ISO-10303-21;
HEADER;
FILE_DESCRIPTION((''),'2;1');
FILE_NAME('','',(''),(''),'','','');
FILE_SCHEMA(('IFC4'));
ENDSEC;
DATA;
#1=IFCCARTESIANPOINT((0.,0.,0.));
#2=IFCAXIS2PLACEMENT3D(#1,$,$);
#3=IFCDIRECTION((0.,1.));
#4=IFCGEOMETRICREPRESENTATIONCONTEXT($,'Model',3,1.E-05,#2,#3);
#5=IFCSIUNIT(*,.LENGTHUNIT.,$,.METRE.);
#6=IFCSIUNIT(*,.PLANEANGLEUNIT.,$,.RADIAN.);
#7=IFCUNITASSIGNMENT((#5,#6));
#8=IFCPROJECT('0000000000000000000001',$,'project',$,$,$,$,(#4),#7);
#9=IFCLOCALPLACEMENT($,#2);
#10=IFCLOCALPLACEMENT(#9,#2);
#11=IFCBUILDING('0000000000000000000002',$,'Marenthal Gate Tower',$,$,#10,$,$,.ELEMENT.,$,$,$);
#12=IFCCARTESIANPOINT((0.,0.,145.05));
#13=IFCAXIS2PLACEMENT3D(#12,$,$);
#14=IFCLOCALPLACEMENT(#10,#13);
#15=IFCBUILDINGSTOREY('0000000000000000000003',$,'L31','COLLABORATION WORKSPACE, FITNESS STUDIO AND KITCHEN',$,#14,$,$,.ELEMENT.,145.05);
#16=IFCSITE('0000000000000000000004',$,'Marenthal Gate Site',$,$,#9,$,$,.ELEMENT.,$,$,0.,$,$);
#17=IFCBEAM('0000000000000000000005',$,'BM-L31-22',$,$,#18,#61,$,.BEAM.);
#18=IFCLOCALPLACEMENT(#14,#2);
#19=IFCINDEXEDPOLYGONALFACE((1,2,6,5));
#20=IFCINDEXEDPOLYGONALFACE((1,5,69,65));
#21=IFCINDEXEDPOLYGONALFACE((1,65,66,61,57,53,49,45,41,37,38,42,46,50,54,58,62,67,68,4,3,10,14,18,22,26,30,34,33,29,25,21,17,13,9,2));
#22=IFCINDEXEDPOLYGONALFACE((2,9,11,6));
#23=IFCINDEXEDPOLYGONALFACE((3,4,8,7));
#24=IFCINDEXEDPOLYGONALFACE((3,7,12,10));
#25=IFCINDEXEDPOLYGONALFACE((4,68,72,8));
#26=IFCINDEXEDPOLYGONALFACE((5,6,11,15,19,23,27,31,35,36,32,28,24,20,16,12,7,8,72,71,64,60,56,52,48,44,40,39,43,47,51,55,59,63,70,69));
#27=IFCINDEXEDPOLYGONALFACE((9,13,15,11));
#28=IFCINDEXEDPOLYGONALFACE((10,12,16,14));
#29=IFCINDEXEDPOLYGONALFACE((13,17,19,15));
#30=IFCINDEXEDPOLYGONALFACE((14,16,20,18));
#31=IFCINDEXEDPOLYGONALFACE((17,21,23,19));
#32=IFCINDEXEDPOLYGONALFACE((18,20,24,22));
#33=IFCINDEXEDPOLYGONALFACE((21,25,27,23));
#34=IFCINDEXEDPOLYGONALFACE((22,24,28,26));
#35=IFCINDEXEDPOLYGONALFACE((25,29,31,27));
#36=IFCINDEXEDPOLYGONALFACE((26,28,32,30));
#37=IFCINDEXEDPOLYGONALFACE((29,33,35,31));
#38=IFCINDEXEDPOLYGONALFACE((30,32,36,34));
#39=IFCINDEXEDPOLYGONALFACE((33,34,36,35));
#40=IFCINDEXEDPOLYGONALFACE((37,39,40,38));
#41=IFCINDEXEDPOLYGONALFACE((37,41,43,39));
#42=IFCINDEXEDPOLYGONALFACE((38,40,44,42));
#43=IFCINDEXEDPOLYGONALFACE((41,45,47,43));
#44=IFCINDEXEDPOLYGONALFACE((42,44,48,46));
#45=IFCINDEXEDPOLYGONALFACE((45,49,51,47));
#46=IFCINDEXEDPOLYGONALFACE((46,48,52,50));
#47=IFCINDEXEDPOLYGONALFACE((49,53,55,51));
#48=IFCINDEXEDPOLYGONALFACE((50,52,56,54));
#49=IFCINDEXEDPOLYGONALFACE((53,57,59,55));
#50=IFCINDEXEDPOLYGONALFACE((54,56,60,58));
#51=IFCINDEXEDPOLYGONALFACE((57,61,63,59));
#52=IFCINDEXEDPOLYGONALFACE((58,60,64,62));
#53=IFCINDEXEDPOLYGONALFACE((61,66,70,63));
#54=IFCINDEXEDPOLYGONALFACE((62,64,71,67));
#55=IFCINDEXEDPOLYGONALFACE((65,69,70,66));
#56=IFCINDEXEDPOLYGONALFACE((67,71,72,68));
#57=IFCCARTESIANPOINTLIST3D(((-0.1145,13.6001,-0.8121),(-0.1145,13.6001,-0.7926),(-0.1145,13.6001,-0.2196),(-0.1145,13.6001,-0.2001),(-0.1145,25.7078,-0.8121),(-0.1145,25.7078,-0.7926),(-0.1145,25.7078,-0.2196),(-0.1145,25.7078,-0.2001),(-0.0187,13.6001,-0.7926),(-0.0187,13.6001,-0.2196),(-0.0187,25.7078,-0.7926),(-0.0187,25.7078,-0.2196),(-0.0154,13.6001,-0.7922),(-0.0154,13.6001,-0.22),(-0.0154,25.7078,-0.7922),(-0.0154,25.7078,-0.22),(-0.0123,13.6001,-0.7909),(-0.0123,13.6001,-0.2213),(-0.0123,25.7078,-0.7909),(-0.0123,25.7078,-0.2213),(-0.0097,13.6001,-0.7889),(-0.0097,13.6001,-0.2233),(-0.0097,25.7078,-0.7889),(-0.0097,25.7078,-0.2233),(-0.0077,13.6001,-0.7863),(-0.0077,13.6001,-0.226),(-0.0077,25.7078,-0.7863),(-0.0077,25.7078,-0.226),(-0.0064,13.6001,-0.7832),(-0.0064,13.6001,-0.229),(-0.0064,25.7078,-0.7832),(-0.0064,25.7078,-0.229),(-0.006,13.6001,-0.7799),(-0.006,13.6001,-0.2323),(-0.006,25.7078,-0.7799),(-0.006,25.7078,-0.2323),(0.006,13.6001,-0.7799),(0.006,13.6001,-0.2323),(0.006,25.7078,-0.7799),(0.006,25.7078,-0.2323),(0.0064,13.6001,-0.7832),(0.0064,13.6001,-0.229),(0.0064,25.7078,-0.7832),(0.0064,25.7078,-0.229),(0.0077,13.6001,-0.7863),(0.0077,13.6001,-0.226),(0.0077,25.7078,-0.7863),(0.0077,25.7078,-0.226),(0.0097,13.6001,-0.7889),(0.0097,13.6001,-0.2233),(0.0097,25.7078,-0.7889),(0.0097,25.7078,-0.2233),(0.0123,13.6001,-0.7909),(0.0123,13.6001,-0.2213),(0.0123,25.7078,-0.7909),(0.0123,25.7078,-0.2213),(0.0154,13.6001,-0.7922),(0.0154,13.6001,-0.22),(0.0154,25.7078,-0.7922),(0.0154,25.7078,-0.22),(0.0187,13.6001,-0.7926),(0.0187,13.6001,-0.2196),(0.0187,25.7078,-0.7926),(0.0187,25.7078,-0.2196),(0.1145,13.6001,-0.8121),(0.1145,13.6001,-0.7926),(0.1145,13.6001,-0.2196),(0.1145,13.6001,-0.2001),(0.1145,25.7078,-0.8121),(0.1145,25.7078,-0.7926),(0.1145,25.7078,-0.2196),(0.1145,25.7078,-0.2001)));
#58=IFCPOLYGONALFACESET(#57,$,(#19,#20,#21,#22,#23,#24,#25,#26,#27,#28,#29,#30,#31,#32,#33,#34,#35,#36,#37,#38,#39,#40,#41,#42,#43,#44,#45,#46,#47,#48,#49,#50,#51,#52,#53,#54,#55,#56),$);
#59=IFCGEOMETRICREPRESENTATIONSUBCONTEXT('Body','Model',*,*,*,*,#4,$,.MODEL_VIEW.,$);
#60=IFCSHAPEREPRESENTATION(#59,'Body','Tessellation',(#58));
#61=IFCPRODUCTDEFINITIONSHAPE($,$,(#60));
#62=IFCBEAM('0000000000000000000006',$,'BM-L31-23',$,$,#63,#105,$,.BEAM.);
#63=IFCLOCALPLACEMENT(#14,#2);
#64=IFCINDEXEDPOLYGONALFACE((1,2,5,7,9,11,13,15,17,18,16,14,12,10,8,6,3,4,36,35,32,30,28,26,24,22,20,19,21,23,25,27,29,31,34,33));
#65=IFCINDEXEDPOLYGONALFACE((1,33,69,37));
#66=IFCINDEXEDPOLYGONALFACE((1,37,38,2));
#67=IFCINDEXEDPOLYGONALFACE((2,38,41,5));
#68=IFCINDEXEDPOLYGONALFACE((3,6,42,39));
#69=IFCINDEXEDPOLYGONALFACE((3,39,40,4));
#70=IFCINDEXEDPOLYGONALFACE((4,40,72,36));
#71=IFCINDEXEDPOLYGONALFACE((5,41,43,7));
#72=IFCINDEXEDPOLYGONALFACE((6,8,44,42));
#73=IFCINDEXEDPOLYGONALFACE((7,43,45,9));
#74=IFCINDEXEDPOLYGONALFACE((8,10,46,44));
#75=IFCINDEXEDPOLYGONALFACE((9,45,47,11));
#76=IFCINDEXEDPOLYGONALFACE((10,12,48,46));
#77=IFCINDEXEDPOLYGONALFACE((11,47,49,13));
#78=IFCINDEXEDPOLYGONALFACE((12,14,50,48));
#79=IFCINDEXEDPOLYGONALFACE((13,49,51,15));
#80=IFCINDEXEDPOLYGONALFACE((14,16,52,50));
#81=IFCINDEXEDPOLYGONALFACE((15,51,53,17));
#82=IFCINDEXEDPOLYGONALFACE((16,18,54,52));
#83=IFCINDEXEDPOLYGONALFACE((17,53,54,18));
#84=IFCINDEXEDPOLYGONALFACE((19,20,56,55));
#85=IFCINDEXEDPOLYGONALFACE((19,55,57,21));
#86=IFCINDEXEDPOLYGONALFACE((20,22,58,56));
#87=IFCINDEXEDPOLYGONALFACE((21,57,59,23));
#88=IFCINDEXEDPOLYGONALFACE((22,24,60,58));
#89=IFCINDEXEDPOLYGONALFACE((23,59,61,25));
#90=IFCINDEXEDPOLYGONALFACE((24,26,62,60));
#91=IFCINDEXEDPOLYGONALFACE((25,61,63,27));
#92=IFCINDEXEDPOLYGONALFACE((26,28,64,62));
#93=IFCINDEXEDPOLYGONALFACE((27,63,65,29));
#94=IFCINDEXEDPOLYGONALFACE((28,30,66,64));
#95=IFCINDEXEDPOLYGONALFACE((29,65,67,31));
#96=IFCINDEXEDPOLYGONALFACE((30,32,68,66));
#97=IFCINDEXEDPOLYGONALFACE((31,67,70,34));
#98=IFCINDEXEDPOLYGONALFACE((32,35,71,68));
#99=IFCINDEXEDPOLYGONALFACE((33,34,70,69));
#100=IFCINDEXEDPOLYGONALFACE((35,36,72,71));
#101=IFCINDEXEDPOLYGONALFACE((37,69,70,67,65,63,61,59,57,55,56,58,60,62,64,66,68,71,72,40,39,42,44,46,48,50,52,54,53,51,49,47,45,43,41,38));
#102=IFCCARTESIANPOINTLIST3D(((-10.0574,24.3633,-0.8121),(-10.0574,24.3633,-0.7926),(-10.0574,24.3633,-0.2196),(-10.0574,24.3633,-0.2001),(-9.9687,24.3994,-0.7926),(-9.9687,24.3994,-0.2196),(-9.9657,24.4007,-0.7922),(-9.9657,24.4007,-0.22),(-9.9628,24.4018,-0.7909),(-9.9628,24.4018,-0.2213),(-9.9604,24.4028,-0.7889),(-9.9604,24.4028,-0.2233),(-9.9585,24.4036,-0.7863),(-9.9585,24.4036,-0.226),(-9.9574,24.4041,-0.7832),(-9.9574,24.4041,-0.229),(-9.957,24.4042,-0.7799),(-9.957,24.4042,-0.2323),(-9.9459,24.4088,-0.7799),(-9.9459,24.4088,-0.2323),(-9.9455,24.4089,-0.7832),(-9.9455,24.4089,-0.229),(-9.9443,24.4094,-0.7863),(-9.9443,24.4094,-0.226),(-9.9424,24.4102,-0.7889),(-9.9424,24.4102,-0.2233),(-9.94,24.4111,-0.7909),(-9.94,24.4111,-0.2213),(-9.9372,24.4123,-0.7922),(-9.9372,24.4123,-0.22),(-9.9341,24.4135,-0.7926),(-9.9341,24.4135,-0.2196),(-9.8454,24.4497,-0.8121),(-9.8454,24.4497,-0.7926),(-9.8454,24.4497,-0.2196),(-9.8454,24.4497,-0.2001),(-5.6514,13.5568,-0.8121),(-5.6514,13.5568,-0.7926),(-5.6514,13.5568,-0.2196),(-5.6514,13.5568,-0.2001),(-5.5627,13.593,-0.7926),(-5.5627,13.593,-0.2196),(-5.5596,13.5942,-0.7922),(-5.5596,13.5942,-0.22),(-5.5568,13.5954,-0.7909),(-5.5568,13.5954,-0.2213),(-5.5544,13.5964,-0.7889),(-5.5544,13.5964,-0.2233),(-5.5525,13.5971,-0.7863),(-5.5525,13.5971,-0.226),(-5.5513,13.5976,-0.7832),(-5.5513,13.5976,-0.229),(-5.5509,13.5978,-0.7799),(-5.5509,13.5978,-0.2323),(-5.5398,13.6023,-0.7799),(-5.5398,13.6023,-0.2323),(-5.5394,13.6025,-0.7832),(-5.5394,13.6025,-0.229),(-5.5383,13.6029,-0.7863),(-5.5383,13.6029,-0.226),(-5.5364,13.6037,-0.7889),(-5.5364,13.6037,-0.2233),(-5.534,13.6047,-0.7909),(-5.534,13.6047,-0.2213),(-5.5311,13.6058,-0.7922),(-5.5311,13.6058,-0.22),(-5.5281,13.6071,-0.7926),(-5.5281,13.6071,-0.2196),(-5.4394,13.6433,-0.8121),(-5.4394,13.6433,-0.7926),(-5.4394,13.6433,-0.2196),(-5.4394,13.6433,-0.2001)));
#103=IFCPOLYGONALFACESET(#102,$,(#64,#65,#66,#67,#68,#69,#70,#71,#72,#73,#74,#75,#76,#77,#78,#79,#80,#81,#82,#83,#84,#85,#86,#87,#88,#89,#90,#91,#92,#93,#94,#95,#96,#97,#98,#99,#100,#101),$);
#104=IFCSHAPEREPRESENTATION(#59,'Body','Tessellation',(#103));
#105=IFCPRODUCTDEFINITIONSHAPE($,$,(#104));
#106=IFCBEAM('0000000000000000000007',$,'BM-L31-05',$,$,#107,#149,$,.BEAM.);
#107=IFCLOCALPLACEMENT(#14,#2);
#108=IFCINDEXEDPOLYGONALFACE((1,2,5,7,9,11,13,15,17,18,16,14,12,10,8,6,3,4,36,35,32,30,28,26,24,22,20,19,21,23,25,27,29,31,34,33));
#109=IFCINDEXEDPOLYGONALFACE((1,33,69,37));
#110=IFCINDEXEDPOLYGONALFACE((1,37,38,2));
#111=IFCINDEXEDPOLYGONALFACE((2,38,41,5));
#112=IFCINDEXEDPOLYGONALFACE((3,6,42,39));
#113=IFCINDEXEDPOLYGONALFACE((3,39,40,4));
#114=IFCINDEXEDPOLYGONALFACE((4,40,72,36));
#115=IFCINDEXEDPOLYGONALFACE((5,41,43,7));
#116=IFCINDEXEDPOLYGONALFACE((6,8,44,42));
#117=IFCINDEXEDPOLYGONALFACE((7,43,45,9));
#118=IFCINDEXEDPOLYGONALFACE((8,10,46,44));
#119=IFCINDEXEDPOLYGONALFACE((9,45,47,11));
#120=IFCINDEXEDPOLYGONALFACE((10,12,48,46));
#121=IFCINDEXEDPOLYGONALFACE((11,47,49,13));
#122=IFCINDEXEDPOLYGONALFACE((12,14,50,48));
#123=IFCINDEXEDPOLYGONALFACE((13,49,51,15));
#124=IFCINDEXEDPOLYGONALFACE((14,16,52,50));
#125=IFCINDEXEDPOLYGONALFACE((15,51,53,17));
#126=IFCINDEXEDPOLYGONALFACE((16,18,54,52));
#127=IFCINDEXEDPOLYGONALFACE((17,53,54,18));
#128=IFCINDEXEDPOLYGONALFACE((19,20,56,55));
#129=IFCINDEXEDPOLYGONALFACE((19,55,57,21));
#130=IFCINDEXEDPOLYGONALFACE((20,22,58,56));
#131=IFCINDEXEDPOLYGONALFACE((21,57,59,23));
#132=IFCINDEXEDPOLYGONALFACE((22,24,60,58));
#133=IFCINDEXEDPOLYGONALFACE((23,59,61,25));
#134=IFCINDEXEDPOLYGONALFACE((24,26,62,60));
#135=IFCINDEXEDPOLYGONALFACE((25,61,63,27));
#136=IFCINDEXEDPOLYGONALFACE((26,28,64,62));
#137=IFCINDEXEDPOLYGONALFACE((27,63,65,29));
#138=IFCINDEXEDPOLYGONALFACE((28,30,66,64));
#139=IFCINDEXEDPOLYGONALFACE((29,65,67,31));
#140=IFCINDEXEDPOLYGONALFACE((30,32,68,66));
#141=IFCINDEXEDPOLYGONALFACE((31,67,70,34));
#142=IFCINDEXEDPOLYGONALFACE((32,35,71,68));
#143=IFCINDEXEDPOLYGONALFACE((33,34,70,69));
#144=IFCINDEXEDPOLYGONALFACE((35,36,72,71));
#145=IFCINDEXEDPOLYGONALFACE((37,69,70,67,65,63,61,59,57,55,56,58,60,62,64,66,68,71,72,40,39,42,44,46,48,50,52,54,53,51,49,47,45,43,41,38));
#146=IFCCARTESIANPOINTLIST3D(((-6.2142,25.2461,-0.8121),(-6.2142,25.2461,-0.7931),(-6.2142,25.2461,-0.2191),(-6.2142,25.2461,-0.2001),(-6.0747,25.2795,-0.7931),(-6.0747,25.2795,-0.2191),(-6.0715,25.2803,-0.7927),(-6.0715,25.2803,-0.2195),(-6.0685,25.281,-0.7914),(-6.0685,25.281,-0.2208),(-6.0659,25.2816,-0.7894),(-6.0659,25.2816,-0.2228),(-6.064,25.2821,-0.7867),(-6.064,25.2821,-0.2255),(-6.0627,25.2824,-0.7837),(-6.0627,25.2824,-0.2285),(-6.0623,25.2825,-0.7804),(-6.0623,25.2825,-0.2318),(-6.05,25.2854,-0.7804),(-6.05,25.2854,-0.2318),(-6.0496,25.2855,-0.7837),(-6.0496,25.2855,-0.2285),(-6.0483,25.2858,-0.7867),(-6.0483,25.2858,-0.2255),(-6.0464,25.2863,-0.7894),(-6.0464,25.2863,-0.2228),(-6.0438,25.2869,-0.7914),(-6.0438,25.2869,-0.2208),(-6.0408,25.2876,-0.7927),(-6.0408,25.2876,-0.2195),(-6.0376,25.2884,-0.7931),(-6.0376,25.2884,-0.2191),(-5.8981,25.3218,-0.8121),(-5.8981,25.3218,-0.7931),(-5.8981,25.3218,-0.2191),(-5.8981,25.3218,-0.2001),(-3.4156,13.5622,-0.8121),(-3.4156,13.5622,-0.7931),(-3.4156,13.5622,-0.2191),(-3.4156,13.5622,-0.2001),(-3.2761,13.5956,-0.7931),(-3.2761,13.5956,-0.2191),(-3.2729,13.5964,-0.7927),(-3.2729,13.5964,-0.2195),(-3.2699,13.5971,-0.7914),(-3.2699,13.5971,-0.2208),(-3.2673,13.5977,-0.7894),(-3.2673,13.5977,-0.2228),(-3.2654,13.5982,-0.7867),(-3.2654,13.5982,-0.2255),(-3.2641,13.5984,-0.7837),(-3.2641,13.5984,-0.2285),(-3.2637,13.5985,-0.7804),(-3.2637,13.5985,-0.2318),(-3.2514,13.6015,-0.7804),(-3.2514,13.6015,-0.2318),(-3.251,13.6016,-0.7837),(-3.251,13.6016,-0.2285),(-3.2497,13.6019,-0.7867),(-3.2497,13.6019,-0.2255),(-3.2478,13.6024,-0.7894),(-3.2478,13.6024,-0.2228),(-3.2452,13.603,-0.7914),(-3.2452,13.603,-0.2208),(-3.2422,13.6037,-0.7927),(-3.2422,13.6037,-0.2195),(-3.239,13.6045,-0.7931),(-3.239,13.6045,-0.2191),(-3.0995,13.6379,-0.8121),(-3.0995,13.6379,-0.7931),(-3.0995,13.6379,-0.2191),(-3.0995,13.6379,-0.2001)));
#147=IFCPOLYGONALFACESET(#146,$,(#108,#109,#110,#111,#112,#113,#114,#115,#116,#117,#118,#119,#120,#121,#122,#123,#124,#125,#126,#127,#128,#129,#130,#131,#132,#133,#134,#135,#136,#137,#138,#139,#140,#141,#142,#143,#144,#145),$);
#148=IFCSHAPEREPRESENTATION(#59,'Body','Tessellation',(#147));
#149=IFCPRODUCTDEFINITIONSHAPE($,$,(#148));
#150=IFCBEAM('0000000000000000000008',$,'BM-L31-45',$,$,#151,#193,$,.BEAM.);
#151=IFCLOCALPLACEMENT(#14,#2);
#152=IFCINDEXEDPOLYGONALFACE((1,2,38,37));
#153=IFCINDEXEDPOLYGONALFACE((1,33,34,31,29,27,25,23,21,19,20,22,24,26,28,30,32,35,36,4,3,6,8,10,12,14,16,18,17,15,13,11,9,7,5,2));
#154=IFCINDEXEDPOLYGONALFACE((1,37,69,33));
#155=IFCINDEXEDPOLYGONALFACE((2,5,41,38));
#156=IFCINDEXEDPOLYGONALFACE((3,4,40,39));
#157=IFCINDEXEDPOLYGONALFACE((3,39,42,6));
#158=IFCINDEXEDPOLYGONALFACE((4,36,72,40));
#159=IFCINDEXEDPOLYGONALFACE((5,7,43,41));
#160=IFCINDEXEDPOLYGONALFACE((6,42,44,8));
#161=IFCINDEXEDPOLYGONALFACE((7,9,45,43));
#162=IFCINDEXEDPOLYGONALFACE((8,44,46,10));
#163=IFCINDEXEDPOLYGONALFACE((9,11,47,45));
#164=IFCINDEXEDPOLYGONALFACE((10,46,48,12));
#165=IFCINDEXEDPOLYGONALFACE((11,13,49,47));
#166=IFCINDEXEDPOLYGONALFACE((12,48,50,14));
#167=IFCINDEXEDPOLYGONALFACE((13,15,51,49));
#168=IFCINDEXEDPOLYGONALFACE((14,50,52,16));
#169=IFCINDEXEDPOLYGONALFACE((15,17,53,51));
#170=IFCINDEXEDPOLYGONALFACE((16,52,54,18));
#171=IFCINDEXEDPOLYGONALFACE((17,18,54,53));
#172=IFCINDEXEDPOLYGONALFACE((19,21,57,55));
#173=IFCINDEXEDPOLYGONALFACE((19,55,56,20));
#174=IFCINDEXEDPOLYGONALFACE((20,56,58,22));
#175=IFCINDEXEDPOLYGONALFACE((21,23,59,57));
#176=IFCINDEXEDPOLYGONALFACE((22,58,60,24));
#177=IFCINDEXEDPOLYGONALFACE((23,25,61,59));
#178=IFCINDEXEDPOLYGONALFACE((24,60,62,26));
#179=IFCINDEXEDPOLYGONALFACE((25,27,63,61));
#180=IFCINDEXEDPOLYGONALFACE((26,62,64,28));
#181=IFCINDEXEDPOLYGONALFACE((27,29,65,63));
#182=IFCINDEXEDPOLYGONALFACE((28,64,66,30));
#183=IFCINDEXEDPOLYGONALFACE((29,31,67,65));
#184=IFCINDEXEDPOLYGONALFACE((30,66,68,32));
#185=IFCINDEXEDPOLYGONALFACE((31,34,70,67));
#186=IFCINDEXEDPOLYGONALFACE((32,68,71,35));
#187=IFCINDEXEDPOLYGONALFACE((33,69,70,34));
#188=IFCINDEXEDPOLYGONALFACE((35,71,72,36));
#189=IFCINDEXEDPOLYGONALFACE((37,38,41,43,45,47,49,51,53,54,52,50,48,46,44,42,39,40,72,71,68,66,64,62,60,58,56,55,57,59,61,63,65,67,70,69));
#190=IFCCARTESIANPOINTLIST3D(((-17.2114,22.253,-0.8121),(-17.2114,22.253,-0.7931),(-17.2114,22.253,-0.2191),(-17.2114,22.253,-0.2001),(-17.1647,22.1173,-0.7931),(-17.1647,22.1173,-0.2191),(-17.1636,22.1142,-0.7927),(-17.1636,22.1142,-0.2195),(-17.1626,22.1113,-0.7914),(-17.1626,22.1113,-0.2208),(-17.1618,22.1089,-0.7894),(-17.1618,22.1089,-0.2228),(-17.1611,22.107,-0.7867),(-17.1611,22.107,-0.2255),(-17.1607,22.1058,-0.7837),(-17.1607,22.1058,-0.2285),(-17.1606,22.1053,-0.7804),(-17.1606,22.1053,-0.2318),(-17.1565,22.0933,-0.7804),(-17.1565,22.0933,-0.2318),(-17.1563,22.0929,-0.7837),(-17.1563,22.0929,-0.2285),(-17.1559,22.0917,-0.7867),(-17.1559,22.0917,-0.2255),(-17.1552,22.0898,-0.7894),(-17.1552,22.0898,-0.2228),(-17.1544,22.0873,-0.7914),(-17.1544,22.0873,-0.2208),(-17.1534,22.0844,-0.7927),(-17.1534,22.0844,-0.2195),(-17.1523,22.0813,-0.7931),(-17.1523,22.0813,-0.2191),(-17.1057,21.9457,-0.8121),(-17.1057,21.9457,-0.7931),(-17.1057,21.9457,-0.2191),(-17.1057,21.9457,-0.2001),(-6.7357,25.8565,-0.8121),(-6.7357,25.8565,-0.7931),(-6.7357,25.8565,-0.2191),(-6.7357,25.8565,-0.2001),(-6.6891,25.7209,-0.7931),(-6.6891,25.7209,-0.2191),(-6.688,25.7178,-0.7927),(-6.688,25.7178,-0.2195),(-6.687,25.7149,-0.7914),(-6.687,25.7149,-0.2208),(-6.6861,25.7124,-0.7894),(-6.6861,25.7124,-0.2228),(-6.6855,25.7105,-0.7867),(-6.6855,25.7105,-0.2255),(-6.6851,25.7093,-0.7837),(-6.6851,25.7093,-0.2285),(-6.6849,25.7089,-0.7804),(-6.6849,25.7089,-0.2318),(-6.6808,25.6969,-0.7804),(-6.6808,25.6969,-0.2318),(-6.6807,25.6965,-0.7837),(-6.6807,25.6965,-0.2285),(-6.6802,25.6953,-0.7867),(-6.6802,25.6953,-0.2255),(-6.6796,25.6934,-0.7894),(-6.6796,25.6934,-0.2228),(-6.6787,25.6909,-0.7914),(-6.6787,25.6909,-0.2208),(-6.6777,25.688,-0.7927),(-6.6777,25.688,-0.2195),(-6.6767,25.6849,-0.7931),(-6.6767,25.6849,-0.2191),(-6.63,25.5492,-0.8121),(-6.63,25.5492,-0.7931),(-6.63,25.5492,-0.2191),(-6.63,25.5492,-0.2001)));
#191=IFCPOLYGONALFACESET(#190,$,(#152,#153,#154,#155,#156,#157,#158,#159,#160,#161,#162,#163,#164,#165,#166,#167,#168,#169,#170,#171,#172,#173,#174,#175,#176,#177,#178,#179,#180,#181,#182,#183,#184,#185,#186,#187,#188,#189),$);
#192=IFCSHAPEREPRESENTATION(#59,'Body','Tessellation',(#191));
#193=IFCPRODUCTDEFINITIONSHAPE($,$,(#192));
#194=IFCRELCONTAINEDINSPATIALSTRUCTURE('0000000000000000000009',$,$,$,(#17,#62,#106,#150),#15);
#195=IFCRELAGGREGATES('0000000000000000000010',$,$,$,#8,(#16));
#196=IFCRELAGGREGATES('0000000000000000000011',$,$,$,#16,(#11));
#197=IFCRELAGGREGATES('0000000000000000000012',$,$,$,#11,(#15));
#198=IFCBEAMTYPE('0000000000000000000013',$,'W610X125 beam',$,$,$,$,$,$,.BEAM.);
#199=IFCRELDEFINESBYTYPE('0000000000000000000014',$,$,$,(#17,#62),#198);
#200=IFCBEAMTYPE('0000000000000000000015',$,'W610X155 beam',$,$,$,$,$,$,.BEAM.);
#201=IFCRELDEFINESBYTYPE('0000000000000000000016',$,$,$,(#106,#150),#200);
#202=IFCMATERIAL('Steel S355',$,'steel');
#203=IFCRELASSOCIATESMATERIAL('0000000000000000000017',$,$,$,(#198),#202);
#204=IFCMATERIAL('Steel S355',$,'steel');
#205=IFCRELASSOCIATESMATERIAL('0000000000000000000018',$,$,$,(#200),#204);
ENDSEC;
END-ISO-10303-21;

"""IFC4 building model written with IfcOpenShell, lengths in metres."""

from ifc_helpers import new_model, si_unit, direction, frame, origin, origin_2d, place, context, subcontext, project, spatial, i_section, extrude, material, material_profile, profile_set, type_object, element, save


model = new_model("IFC4")

# Units and contexts
model_context = context("Model", 3, precision=1e-05, world=origin(), true_north=direction((0.0, 1.0)))
body_context = subcontext(model_context, "Body", "Model", "MODEL_VIEW")
ifc_project = project(units=[si_unit("LENGTHUNIT", "METRE"), si_unit("PLANEANGLEUNIT", "RADIAN")], contexts=[model_context])

# Site, building, storey
site_placement = place(None, origin())
site = spatial("IfcSite", under=ifc_project, at=site_placement, Name="Marenthal Gate Site", CompositionType="ELEMENT", RefElevation=0.0)
building_placement = place(site_placement, origin())
building = spatial("IfcBuilding", under=site, at=building_placement, Name="Marenthal Gate Tower", CompositionType="ELEMENT")
storey_placement = place(building_placement, frame((0.0, 0.0, 145.05)))
storey = spatial("IfcBuildingStorey", under=building, at=storey_placement, Name="L31", Description="COLLABORATION WORKSPACE, FITNESS STUDIO AND KITCHEN", CompositionType="ELEMENT", Elevation=145.05)

# Beams
ifc_material_1 = material(Name="Steel S355", Category="steel")
ifc_material_profile_1 = material_profile(ifc_material_1, i_section(OverallWidth=0.229, OverallDepth=0.6121, WebThickness=0.012, FlangeThickness=0.0195, FilletRadius=0.0127, at=origin_2d()), Name="W610X125")
ifc_profile_set_1 = profile_set([ifc_material_profile_1], Name="Steel S355")
beam_type_1 = type_object("IfcBeamType", Name="W610X125 beam", PredefinedType="BEAM", material=ifc_profile_set_1)
beam_1_placement = place(storey_placement, frame((0.0, 25.7078, -0.5061), z_axis=(0.0, -1.0, 0.0), x_axis=(1.0, 0.0, 0.0)))
element("IfcBeam", 1, at=beam_1_placement, inside=storey, type_object=beam_type_1, Name="BM-L31-22", PredefinedType="BEAM", context=body_context, shape_type="SweptSolid", body=[
    extrude(i_section(OverallWidth=0.229, OverallDepth=0.6121, WebThickness=0.012, FlangeThickness=0.0195, FilletRadius=0.0127, at=origin_2d()), origin(), (0.0, 0.0, 1.0), 12.1077),
])
beam_2_placement = place(storey_placement, frame((-9.9514, 24.4065, -0.5061), z_axis=(0.377547, -0.925991, 0.0), x_axis=(0.925991, 0.377547, 0.0)))
element("IfcBeam", 2, at=beam_2_placement, inside=storey, type_object=beam_type_1, Name="BM-L31-23", PredefinedType="BEAM", context=body_context, shape_type="SweptSolid", body=[
    extrude(i_section(OverallWidth=0.229, OverallDepth=0.6121, WebThickness=0.012, FlangeThickness=0.0195, FilletRadius=0.0127, at=origin_2d()), origin(), (0.0, 0.0, 1.0), 11.6702),
])
ifc_material_2 = material(Name="Steel S355", Category="steel")
ifc_material_profile_2 = material_profile(ifc_material_2, i_section(OverallWidth=0.325, OverallDepth=0.6121, WebThickness=0.0127, FlangeThickness=0.019, FilletRadius=0.0127, at=origin_2d()), Name="W610X155")
ifc_profile_set_2 = profile_set([ifc_material_profile_2], Name="Steel S355")
beam_type_2 = type_object("IfcBeamType", Name="W610X155 beam", PredefinedType="BEAM", material=ifc_profile_set_2)
beam_3_placement = place(storey_placement, frame((-6.0562, 25.2839, -0.5061), z_axis=(0.232937, -0.972492, 0.0), x_axis=(0.972492, 0.232937, 0.0)))
element("IfcBeam", 3, at=beam_3_placement, inside=storey, type_object=beam_type_2, Name="BM-L31-05", PredefinedType="BEAM", context=body_context, shape_type="SweptSolid", body=[
    extrude(i_section(OverallWidth=0.325, OverallDepth=0.6121, WebThickness=0.0127, FlangeThickness=0.019, FilletRadius=0.0127, at=origin_2d()), origin(), (0.0, 0.0, 1.0), 12.0144),
])
beam_4_placement = place(storey_placement, frame((-6.6829, 25.7029, -0.5061), z_axis=(-0.945616, -0.325284, 0.0), x_axis=(0.325284, -0.945616, 0.0)))
element("IfcBeam", 4, at=beam_4_placement, inside=storey, type_object=beam_type_2, Name="BM-L31-45", PredefinedType="BEAM", context=body_context, shape_type="SweptSolid", body=[
    extrude(i_section(OverallWidth=0.325, OverallDepth=0.6121, WebThickness=0.0127, FlangeThickness=0.019, FilletRadius=0.0127, at=origin_2d()), origin(), (0.0, 0.0, 1.0), 11.0781),
])

save(model, "model.ifc")
